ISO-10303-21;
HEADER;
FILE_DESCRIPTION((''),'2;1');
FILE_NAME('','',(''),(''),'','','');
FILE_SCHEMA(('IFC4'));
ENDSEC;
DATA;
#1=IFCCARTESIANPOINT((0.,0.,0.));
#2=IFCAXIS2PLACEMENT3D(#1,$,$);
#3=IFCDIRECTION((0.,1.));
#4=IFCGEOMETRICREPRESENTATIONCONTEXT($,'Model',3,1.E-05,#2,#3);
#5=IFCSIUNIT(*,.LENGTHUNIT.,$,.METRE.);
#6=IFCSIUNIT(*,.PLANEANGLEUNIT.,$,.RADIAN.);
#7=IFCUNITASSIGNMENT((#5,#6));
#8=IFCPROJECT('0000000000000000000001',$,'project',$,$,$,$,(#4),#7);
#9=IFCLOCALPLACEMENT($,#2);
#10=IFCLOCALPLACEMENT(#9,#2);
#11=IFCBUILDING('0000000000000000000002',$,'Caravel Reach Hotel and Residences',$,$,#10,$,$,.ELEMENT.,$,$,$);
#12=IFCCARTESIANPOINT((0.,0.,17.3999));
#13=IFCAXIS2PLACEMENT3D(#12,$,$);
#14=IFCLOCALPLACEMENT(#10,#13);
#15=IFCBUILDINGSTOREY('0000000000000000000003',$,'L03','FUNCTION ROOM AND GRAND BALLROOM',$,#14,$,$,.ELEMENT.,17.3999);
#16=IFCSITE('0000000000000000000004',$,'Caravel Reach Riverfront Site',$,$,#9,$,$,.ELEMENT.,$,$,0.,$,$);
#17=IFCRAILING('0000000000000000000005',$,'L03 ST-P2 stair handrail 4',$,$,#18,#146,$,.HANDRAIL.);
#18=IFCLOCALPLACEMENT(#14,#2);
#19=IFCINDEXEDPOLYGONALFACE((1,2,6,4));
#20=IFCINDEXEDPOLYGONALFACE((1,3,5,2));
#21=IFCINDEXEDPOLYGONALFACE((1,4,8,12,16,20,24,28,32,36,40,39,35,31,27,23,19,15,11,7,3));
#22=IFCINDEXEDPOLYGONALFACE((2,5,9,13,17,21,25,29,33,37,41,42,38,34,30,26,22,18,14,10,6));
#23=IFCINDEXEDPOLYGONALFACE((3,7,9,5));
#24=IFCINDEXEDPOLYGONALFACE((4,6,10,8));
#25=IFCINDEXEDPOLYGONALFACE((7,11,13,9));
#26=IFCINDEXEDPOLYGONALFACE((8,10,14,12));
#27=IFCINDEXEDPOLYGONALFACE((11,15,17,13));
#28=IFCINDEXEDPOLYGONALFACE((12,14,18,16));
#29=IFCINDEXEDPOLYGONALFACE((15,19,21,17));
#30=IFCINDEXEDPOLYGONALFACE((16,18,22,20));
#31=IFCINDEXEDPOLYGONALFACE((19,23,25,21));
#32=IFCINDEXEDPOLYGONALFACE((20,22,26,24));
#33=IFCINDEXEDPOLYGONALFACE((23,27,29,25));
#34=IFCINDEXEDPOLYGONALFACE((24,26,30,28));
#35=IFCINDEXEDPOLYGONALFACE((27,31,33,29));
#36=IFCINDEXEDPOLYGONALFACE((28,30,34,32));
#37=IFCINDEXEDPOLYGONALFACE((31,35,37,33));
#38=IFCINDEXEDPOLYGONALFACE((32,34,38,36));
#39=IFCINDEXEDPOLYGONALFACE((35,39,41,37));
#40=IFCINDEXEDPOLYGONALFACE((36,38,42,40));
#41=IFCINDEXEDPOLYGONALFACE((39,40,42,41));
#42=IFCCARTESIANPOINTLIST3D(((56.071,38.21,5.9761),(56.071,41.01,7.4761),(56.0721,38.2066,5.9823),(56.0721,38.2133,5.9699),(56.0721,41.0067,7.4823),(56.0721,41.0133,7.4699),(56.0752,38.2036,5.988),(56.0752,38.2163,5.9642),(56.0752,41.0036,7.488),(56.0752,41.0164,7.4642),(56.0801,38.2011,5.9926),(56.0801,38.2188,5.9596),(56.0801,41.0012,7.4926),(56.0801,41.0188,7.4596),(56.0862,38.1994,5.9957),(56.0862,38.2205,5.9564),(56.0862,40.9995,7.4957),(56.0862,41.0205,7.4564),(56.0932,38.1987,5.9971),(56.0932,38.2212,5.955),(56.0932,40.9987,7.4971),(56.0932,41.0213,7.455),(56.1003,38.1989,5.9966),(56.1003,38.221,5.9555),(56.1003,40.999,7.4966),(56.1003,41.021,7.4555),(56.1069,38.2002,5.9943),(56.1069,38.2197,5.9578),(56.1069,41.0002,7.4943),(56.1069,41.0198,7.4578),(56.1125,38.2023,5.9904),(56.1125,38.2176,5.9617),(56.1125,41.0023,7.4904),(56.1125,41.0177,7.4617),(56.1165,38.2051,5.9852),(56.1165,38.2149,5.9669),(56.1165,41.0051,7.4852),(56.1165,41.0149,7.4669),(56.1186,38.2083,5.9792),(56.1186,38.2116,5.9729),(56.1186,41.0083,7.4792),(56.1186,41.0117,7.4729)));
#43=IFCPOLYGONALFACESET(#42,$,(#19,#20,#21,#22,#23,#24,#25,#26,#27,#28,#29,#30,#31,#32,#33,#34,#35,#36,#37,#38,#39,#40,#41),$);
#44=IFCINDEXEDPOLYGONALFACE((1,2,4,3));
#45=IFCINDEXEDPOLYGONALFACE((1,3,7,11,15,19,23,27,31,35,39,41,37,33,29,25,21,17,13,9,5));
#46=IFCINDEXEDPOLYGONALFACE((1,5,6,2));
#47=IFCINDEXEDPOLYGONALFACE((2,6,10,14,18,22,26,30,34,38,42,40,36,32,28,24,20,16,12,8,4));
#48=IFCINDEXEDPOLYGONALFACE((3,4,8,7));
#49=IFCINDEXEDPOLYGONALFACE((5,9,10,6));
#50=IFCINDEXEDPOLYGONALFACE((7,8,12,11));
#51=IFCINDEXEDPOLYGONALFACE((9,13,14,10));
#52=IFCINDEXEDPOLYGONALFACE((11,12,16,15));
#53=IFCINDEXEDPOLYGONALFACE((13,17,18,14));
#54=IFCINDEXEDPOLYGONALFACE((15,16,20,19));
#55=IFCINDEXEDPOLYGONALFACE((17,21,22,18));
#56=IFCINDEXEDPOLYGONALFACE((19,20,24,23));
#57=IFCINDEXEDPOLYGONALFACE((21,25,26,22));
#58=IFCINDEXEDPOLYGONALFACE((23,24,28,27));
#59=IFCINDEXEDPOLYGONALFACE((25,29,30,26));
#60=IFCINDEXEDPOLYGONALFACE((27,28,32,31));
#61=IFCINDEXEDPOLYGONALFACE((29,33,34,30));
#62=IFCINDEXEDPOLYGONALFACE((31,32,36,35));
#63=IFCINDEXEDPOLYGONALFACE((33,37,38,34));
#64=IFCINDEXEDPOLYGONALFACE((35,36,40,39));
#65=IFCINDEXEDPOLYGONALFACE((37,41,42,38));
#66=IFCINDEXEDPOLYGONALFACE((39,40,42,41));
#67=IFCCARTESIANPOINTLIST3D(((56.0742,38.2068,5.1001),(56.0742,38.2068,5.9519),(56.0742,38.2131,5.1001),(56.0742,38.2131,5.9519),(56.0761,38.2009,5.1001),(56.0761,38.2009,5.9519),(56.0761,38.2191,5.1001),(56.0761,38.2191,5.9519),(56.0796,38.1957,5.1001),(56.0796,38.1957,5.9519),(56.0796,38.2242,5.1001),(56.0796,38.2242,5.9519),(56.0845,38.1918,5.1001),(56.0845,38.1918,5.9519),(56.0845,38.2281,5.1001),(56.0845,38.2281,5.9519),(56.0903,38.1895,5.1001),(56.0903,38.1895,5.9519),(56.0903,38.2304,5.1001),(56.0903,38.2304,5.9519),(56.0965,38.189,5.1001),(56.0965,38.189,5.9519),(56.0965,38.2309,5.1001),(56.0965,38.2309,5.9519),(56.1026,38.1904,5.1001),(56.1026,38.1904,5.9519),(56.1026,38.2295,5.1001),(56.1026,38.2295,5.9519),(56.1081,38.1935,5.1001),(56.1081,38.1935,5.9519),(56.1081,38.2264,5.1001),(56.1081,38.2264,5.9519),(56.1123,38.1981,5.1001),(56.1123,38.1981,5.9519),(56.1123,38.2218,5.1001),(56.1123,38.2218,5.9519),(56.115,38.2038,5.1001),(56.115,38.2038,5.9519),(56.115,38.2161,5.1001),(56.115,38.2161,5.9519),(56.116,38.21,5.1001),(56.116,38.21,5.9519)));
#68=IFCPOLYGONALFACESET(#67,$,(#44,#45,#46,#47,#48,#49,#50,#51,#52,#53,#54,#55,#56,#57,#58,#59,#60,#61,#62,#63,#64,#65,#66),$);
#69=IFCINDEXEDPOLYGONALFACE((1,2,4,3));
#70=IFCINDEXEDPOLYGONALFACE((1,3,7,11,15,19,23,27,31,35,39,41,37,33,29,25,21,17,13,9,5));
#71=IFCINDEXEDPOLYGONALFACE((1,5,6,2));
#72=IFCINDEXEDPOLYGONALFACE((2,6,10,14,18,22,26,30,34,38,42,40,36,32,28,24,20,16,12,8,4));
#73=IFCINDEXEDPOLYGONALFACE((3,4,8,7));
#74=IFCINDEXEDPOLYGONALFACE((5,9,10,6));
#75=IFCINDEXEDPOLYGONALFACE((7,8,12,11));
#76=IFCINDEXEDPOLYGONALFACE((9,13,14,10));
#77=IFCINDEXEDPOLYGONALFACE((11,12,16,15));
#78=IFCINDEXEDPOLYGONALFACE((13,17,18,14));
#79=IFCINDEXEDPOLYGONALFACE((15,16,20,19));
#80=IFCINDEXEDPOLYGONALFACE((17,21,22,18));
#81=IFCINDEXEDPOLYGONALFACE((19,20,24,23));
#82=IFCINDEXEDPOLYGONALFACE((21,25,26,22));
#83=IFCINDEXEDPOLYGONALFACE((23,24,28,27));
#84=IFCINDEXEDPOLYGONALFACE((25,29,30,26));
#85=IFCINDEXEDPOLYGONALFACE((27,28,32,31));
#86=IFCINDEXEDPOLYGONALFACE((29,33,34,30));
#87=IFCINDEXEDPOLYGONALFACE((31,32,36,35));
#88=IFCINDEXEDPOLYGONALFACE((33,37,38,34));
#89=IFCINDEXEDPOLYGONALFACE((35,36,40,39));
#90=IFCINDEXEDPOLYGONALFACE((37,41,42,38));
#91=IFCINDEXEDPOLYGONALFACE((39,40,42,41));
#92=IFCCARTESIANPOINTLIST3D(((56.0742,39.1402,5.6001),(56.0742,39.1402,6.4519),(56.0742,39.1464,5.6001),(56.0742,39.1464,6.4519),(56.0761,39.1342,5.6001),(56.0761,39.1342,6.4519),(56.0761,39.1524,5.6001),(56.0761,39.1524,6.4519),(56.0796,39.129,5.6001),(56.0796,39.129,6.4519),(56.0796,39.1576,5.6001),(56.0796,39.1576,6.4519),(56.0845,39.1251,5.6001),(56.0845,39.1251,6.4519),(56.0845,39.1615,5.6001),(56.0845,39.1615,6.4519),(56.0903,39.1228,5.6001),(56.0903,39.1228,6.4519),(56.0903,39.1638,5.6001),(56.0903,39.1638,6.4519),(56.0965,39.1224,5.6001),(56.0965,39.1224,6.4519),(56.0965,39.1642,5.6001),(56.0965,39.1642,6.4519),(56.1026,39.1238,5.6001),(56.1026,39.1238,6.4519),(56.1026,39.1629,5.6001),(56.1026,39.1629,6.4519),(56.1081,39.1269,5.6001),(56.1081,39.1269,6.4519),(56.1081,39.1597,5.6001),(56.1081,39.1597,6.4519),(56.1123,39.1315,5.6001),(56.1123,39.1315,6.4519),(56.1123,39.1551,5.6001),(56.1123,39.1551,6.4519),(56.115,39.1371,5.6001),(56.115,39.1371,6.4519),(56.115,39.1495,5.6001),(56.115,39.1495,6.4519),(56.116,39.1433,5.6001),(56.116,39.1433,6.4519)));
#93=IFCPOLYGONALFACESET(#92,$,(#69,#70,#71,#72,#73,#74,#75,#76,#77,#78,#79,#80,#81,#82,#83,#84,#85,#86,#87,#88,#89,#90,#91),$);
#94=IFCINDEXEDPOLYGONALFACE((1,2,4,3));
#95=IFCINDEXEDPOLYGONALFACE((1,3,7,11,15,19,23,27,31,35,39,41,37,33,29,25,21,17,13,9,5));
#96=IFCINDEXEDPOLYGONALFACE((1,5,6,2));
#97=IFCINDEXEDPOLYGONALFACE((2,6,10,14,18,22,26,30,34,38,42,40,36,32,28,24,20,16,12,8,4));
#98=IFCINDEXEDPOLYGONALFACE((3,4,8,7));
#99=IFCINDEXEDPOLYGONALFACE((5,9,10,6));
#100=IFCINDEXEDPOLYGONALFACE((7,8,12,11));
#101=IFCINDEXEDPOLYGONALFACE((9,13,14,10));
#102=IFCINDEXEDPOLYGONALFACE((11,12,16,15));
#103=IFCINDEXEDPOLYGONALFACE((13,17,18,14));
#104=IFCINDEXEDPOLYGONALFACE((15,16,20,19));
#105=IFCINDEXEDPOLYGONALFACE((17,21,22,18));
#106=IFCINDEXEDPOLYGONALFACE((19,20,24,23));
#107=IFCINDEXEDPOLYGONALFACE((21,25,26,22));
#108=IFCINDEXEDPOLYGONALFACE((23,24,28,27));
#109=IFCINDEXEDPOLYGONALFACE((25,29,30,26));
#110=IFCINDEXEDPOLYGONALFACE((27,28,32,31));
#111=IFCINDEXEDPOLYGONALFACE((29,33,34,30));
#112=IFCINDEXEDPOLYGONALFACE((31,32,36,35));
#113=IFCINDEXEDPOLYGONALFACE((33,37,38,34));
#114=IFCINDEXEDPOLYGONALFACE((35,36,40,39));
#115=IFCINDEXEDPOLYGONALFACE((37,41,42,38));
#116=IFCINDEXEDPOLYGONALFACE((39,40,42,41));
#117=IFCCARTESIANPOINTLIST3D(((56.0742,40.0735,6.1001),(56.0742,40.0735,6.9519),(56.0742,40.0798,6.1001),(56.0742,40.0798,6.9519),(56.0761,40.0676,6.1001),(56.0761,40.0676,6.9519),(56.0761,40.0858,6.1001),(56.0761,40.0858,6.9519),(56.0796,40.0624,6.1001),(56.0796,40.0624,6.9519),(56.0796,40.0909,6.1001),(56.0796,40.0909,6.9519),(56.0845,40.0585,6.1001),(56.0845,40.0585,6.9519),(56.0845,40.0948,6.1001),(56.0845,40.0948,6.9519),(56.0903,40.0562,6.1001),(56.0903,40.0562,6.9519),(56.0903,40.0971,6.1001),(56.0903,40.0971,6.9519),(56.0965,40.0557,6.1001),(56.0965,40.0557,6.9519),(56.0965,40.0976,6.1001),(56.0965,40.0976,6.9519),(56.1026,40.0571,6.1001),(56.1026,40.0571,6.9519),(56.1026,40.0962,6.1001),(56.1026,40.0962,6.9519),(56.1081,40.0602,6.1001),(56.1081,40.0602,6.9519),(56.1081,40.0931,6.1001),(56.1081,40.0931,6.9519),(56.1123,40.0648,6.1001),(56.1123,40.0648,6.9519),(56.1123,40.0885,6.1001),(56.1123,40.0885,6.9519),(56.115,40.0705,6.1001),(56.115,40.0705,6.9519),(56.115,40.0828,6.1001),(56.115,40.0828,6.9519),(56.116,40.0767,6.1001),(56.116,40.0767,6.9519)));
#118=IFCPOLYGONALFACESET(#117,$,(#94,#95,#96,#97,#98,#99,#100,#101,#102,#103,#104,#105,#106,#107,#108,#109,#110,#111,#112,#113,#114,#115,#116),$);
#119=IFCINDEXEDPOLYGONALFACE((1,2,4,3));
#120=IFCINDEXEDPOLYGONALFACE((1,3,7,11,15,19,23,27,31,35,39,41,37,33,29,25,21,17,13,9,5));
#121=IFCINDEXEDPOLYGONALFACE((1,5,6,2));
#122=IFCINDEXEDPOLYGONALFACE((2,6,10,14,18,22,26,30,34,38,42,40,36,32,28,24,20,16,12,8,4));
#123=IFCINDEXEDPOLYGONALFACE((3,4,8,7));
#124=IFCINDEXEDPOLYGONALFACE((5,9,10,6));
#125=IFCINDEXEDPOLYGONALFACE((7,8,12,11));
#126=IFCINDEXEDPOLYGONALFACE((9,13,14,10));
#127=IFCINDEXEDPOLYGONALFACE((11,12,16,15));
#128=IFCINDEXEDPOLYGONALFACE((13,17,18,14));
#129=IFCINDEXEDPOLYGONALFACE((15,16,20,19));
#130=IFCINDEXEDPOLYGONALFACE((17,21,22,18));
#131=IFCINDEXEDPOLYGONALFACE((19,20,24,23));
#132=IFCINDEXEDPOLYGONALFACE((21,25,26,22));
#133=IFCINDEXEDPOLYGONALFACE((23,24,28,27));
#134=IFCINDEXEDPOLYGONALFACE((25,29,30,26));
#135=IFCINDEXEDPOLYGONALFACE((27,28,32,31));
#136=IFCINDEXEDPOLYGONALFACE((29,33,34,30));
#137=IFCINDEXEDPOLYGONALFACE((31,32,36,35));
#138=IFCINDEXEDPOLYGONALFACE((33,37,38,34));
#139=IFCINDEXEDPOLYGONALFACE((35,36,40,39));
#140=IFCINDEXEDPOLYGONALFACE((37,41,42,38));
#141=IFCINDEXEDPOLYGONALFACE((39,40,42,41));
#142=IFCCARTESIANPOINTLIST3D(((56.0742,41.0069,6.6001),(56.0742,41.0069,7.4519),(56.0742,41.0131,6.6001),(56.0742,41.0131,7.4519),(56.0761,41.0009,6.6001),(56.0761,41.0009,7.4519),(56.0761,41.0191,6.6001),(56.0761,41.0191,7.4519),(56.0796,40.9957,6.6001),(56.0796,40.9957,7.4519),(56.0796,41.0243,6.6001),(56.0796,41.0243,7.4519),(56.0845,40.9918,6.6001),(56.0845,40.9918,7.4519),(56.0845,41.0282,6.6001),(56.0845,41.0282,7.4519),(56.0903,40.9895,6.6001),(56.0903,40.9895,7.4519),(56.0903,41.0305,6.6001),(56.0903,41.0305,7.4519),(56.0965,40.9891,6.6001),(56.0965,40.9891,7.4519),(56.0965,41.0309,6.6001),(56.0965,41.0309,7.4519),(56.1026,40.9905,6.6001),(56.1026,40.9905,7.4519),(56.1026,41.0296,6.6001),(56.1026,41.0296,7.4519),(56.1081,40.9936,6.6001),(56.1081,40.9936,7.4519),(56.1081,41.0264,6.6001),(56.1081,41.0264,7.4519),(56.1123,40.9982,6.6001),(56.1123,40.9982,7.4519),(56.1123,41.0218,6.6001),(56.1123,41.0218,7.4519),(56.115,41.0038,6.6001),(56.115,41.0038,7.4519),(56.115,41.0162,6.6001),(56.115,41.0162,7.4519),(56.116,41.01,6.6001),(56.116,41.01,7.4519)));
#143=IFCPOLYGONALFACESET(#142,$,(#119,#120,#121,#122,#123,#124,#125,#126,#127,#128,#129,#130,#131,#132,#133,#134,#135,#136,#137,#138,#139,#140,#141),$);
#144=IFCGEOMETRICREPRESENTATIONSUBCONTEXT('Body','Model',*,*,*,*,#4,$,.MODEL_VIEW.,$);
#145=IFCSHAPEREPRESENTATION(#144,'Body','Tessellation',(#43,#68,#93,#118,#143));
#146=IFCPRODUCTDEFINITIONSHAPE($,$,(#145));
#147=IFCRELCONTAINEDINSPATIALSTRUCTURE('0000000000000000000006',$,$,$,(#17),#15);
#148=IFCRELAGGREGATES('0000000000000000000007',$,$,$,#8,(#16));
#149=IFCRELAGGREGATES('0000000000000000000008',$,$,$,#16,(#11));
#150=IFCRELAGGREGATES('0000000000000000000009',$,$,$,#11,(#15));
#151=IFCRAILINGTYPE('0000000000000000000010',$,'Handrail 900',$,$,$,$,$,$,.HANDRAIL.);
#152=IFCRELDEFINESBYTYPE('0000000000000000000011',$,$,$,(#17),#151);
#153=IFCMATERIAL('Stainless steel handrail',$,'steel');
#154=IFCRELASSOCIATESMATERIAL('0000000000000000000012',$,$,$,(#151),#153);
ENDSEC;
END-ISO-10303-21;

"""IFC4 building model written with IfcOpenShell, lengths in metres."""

from ifc_helpers import new_model, si_unit, direction, frame, origin, origin_2d, place, context, subcontext, project, spatial, circle, extrude, material, type_object, element, save


model = new_model("IFC4")

# Units and contexts
model_context = context("Model", 3, precision=1e-05, world=origin(), true_north=direction((0.0, 1.0)))
body_context = subcontext(model_context, "Body", "Model", "MODEL_VIEW")
ifc_project = project(units=[si_unit("LENGTHUNIT", "METRE"), si_unit("PLANEANGLEUNIT", "RADIAN")], contexts=[model_context])

# Site, building, storey
site_placement = place(None, origin())
site = spatial("IfcSite", under=ifc_project, at=site_placement, Name="Caravel Reach Riverfront Site", CompositionType="ELEMENT", RefElevation=0.0)
building_placement = place(site_placement, origin())
building = spatial("IfcBuilding", under=site, at=building_placement, Name="Caravel Reach Hotel and Residences", CompositionType="ELEMENT")
storey_placement = place(building_placement, frame((0.0, 0.0, 17.3999)))
storey = spatial("IfcBuildingStorey", under=building, at=storey_placement, Name="L03", Description="FUNCTION ROOM AND GRAND BALLROOM", CompositionType="ELEMENT", Elevation=17.3999)

# Railing
ifc_material_1 = material(Name="Stainless steel handrail", Category="steel")
railing_type_1 = type_object("IfcRailingType", Name="Handrail 900", PredefinedType="HANDRAIL", material=ifc_material_1)
for number, where, name in (
    (1, (56.095, 38.21, 5.1001), "L03 ST-P2 stair handrail 4"),
):
    element("IfcRailing", number, at=place(storey_placement, frame(where)), inside=storey, type_object=railing_type_1, Name=name, PredefinedType="HANDRAIL", context=body_context, shape_type="SweptSolid", body=[
        extrude(circle(Radius=0.0239, at=origin_2d()), frame((0.0, 0.0, 0.876), z_axis=(0.0, 0.881483, 0.472215), x_axis=(-1.0, 0.0, 0.0)), (0.0, 0.0, 1.0), 3.1765),
        extrude(circle(Radius=0.021, at=origin_2d()), origin(), (0.0, 0.0, 1.0), 0.8518),
        extrude(circle(Radius=0.021, at=origin_2d()), frame((0.0, 0.9333, 0.5)), (0.0, 0.0, 1.0), 0.8518),
        extrude(circle(Radius=0.021, at=origin_2d()), frame((0.0, 1.8667, 1.0)), (0.0, 0.0, 1.0), 0.8518),
        extrude(circle(Radius=0.021, at=origin_2d()), frame((0.0, 2.8, 1.5)), (0.0, 0.0, 1.0), 0.8518),
    ])

save(model, "model.ifc")
